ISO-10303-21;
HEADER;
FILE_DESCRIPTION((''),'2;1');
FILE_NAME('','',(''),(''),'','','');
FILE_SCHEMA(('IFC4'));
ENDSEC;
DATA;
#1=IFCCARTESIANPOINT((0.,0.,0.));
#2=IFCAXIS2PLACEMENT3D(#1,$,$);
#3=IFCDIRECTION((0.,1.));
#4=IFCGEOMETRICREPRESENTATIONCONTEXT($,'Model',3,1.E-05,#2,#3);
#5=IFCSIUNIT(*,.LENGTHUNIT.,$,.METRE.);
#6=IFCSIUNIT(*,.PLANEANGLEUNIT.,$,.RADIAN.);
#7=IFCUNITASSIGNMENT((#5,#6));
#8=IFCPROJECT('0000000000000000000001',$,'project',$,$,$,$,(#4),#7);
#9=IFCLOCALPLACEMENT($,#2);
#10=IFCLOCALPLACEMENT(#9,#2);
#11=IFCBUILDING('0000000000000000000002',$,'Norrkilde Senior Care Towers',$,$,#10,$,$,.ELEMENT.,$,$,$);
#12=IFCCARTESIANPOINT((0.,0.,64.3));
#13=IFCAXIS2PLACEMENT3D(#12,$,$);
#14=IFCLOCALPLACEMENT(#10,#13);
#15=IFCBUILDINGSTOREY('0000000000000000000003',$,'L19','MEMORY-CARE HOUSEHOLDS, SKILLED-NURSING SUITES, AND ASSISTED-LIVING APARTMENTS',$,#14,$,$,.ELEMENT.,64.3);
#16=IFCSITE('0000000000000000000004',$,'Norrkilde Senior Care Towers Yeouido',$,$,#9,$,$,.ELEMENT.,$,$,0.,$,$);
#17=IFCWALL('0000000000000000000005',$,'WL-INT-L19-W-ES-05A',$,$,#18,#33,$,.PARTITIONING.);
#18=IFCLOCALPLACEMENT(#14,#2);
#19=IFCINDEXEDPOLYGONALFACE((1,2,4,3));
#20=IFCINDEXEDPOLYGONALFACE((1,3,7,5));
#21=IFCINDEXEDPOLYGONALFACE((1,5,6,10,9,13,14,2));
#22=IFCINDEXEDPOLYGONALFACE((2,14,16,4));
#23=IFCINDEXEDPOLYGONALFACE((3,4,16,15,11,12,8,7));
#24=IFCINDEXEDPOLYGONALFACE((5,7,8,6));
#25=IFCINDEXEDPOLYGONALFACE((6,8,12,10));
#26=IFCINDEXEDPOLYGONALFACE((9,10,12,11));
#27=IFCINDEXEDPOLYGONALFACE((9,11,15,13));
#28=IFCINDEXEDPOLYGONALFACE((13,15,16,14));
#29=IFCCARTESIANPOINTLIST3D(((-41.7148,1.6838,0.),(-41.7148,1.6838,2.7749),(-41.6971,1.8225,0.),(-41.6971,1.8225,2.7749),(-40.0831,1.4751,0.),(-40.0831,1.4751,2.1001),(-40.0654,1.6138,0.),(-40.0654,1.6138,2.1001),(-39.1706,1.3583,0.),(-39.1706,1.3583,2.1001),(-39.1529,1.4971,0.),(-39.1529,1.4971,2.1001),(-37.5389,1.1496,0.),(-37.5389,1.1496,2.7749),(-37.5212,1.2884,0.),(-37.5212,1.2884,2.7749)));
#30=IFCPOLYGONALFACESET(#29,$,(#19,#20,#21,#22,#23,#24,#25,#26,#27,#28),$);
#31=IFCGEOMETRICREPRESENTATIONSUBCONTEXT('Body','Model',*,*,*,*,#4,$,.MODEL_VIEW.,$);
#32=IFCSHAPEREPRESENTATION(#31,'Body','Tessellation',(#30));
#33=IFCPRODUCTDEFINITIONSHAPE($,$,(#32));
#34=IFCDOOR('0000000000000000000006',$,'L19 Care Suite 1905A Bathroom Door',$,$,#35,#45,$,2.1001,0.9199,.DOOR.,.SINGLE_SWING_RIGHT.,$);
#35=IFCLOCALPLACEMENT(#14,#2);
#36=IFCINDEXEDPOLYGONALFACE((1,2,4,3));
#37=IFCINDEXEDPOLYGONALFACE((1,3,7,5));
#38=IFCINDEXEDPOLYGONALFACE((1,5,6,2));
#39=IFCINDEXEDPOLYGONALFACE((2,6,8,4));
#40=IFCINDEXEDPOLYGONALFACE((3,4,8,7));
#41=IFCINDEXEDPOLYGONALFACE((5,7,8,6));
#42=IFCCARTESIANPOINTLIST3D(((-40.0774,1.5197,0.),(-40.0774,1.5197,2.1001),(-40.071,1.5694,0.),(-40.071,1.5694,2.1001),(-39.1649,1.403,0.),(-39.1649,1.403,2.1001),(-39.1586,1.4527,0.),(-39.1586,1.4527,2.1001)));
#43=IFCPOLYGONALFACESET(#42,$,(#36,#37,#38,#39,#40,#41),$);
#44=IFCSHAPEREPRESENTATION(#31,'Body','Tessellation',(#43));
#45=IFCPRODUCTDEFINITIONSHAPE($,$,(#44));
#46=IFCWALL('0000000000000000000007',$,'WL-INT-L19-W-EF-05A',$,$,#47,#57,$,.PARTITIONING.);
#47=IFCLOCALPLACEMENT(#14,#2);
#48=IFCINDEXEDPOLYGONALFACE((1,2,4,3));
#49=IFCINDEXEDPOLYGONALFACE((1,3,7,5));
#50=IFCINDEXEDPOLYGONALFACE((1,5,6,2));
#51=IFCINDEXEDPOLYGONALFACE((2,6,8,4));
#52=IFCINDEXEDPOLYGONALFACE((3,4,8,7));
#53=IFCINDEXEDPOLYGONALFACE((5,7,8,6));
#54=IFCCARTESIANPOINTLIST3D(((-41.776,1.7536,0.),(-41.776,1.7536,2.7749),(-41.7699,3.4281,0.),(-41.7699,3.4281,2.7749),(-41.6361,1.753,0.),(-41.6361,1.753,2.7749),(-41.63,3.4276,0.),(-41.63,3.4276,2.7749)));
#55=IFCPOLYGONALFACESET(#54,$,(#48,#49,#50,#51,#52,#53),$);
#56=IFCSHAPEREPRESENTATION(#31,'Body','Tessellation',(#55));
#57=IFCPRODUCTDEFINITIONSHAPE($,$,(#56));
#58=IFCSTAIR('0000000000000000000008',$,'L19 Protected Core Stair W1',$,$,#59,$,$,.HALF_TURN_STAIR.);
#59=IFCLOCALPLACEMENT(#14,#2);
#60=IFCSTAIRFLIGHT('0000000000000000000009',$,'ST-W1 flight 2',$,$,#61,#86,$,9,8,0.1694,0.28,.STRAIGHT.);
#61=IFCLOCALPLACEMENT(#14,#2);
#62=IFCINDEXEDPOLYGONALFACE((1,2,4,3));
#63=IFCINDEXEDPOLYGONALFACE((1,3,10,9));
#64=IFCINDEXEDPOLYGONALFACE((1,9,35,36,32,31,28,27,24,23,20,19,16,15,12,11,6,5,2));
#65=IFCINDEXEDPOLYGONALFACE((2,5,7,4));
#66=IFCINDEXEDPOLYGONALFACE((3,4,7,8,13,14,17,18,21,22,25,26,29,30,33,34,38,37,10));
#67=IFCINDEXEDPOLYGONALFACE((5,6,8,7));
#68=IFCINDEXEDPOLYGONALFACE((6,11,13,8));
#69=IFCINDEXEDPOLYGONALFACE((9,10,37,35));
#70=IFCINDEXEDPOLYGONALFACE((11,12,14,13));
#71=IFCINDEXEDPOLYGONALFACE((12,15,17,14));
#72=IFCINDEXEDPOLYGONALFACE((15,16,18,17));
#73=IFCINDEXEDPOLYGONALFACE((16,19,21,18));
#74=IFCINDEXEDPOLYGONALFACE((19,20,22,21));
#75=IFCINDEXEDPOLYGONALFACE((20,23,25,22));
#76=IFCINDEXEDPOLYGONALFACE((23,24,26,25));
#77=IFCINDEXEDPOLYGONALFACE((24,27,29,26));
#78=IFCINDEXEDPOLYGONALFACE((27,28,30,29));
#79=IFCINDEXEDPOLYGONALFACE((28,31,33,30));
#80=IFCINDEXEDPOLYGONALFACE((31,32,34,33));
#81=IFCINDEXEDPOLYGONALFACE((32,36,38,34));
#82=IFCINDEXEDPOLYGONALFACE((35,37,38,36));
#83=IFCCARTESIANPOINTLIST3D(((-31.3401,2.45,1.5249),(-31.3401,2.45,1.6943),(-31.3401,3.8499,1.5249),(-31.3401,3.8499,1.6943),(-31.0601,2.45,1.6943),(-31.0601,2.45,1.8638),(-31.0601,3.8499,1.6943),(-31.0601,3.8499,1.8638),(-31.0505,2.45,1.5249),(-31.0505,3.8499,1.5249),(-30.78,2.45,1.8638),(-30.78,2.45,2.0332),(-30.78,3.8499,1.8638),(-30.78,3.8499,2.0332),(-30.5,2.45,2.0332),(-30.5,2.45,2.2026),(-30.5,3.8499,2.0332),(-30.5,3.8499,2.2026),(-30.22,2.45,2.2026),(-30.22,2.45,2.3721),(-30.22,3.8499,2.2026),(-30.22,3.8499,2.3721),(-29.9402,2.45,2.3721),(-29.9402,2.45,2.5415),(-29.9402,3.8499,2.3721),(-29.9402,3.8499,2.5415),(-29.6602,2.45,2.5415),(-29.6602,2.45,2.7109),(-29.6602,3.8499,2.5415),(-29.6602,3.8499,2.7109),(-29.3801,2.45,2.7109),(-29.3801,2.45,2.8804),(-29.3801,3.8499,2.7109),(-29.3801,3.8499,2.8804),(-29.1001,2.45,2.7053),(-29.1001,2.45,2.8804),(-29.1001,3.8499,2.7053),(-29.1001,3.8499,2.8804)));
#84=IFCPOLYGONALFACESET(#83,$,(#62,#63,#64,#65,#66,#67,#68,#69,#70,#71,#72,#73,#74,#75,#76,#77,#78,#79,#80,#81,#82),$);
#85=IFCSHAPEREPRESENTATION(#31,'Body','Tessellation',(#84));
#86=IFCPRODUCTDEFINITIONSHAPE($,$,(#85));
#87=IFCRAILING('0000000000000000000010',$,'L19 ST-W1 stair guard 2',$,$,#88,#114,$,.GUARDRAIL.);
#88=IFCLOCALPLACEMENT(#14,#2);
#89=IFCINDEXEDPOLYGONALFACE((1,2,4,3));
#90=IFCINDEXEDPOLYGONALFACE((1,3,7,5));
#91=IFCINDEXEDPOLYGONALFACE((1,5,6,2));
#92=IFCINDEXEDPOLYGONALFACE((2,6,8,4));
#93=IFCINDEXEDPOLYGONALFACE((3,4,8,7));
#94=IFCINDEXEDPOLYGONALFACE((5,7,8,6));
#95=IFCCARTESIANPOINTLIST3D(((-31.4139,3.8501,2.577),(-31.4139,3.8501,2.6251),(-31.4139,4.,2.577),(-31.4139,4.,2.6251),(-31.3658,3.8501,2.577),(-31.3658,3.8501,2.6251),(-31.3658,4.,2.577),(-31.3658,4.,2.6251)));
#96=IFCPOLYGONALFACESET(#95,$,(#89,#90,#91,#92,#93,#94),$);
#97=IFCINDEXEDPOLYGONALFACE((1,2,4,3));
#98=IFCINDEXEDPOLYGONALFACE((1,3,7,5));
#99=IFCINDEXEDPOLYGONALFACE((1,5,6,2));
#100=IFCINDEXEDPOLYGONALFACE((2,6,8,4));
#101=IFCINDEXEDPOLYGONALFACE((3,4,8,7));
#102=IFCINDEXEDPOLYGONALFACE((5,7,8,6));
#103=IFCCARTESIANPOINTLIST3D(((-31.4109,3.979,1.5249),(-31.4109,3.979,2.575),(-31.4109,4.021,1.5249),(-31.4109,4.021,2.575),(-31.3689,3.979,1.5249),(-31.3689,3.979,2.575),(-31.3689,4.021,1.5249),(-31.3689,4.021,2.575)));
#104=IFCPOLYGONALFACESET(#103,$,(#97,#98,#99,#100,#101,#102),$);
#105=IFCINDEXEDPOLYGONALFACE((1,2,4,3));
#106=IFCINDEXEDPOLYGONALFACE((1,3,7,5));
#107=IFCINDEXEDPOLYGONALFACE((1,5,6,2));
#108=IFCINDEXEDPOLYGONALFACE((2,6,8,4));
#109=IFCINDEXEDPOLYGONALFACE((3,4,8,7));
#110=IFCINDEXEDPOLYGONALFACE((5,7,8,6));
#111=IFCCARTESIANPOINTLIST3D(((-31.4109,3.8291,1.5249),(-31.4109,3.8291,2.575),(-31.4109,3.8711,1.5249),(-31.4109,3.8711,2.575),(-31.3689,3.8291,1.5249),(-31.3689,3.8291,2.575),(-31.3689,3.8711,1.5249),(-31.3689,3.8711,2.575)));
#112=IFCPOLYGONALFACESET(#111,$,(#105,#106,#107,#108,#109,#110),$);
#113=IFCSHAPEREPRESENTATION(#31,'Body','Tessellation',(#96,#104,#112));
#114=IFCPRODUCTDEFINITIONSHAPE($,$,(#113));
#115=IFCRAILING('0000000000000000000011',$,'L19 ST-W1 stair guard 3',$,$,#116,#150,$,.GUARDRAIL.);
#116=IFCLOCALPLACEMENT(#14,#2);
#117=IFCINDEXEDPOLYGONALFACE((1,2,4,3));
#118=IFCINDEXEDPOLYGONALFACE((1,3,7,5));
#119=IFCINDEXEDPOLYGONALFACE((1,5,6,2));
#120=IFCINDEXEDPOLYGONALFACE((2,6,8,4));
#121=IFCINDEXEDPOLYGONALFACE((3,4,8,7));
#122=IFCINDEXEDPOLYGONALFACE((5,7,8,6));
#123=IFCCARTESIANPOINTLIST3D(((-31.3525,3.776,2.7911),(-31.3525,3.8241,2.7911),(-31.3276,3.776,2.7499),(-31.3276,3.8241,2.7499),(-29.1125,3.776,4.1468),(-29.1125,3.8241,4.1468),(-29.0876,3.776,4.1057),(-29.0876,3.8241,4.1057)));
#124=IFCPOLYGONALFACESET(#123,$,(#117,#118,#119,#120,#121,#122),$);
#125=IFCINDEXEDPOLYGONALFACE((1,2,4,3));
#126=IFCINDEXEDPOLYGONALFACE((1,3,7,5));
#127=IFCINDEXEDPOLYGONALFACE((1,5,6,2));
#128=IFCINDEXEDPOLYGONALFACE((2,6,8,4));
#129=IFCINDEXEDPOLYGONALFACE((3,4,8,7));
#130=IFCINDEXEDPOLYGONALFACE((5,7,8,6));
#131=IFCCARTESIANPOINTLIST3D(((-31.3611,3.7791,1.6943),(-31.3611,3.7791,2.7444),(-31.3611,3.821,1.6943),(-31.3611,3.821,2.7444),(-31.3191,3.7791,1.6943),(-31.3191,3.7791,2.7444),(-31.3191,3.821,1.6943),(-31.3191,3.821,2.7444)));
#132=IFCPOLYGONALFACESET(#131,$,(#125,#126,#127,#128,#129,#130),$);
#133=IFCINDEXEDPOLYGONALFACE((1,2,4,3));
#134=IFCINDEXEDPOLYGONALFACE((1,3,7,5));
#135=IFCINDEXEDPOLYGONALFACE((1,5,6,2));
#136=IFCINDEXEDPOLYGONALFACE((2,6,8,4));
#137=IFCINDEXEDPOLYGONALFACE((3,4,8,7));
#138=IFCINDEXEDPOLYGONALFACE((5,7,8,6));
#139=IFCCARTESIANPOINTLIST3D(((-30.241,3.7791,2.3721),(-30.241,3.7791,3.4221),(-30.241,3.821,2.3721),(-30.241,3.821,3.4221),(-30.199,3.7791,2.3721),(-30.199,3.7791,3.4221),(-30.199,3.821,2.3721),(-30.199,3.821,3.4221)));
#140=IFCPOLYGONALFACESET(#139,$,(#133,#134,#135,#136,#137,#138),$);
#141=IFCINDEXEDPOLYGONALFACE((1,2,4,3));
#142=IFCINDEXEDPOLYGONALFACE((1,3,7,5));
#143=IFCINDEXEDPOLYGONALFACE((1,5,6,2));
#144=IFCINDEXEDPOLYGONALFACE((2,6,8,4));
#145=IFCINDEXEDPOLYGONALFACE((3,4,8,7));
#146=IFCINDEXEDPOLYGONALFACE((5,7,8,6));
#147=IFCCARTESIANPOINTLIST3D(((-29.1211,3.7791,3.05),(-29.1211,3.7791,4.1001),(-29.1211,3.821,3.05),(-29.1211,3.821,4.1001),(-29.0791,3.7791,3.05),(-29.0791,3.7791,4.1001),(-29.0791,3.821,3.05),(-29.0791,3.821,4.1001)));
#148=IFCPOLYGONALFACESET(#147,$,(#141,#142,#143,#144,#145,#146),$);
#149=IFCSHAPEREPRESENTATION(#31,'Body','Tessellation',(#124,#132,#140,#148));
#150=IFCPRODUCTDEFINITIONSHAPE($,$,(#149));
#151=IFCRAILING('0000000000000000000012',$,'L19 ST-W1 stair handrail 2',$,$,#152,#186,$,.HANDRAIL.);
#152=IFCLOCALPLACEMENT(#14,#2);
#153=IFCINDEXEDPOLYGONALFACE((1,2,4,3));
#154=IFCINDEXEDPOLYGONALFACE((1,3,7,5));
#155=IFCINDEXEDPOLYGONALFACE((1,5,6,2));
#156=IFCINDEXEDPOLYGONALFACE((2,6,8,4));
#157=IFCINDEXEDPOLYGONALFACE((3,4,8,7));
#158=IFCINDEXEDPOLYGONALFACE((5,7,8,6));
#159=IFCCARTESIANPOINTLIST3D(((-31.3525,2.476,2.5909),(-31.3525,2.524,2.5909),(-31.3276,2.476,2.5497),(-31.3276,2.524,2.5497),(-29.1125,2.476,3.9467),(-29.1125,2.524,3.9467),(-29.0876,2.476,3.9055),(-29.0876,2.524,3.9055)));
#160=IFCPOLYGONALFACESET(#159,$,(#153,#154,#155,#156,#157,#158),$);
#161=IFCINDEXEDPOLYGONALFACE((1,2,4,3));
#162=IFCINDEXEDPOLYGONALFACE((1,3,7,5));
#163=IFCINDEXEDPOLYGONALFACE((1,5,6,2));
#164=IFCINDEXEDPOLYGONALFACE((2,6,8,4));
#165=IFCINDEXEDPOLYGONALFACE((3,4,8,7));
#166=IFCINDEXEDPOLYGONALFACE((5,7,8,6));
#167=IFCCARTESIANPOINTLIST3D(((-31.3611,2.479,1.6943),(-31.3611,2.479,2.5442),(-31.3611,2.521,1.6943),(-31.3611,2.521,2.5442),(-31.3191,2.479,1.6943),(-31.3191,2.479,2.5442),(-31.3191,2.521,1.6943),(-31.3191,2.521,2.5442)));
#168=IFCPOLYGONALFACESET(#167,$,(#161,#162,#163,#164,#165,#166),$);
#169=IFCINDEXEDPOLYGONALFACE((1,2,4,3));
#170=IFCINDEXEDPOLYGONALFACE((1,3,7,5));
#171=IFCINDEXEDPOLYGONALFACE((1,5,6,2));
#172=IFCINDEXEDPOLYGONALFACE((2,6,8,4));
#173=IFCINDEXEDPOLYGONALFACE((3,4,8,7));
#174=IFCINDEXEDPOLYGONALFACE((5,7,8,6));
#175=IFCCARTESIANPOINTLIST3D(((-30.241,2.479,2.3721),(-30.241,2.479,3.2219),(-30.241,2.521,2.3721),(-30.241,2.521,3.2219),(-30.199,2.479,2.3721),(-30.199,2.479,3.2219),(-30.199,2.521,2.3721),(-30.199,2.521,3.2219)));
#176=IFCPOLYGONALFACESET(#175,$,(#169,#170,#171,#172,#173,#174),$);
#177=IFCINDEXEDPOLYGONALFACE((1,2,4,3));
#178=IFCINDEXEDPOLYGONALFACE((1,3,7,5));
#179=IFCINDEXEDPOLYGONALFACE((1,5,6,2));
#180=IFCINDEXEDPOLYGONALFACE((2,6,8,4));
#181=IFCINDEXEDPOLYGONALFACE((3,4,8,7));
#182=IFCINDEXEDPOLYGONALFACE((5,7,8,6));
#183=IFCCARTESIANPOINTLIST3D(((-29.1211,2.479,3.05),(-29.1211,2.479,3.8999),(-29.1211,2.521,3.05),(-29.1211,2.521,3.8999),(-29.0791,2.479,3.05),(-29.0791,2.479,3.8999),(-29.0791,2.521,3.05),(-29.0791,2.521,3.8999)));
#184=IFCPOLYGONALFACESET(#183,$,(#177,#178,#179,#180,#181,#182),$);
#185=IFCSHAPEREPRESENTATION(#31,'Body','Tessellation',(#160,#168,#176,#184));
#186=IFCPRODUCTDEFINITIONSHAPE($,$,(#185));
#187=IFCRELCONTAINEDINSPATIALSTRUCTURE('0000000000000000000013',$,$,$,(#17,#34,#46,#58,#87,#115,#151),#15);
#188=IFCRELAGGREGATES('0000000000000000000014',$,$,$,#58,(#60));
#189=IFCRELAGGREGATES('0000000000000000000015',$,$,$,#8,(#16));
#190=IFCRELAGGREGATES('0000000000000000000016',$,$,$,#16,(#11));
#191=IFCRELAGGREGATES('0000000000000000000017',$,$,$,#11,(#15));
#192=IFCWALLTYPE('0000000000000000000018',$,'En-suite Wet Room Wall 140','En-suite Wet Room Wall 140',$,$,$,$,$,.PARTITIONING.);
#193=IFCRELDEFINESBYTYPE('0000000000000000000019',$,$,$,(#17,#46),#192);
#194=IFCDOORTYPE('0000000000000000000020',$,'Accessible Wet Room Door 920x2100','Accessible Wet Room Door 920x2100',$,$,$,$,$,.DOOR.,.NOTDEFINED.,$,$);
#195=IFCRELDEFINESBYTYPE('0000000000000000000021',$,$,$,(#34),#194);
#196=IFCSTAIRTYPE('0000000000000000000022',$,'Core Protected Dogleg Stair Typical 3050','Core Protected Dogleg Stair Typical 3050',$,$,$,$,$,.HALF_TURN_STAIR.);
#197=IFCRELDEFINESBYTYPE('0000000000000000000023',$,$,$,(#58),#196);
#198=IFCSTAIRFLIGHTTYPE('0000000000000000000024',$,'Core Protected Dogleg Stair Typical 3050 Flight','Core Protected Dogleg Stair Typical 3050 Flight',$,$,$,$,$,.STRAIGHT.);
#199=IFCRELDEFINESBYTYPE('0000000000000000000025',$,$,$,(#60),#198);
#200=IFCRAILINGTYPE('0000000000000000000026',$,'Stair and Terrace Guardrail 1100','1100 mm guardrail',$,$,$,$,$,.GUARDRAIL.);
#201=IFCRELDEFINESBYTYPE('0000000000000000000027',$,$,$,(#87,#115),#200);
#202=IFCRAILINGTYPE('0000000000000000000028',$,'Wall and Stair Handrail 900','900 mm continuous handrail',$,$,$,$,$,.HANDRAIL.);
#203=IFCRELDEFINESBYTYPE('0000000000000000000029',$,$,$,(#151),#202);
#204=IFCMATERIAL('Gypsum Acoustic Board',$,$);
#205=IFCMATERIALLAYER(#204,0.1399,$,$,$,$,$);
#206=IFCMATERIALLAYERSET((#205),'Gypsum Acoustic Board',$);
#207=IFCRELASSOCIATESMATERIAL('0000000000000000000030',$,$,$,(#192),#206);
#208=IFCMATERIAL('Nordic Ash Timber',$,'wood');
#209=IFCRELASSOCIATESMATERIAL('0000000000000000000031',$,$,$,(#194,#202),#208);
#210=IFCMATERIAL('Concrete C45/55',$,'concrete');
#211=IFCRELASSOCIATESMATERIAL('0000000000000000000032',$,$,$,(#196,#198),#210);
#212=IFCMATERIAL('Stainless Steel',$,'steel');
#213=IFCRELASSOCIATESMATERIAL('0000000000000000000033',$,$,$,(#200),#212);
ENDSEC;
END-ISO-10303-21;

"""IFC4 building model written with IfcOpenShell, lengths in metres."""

from ifc_helpers import new_model, si_unit, direction, frame, frame_2d, origin, origin_2d, place, context, subcontext, project, spatial, polyline, rectangle, outline, extrude, source, transform, mapped, material, layer, layer_set, type_object, type_shapes, element, fill, aggregate, save


model = new_model("IFC4")

# Units and contexts
model_context = context("Model", 3, precision=1e-05, world=origin(), true_north=direction((0.0, 1.0)))
body_context = subcontext(model_context, "Body", "Model", "MODEL_VIEW")
ifc_project = project(units=[si_unit("LENGTHUNIT", "METRE"), si_unit("PLANEANGLEUNIT", "RADIAN")], contexts=[model_context])

# Site, building, storey
site_placement = place(None, origin())
site = spatial("IfcSite", under=ifc_project, at=site_placement, Name="Norrkilde Senior Care Towers Yeouido", CompositionType="ELEMENT", RefElevation=0.0)
building_placement = place(site_placement, origin())
building = spatial("IfcBuilding", under=site, at=building_placement, Name="Norrkilde Senior Care Towers", CompositionType="ELEMENT")
storey_placement = place(building_placement, frame((0.0, 0.0, 64.3)))
storey = spatial("IfcBuildingStorey", under=building, at=storey_placement, Name="L19", Description="MEMORY-CARE HOUSEHOLDS, SKILLED-NURSING SUITES, AND ASSISTED-LIVING APARTMENTS", CompositionType="ELEMENT", Elevation=64.3)

# Shared definitions
ifc_material_1 = material(Name="Concrete C45/55", Category="concrete")
ifc_material_2 = material(Name="Gypsum Acoustic Board")

# Wall, opening, door
ifc_layer_1 = layer(ifc_material_2, 0.1399)
ifc_layer_set_1 = layer_set([ifc_layer_1], Name="Gypsum Acoustic Board")
wall_type_1 = type_object("IfcWallType", Name="En-suite Wet Room Wall 140", Description="En-suite Wet Room Wall 140", PredefinedType="PARTITIONING", material=ifc_layer_set_1)
shared_shape_1 = source(origin(), body_context, "Body", "SweptSolid", [
    extrude(rectangle(XDim=4.21, YDim=0.1399, at=frame_2d((2.105, 0.0))), origin(), (0.0, 0.0, 1.0), 2.7749),
])
wall_1_placement = place(storey_placement, frame((-37.53, 1.219, 0.0), z_axis=(0.0, 0.0, 1.0), x_axis=(-0.991918, 0.126882, 0.0)))
wall_1 = element("IfcWall", 1, at=wall_1_placement, inside=storey, type_object=wall_type_1, Name="WL-INT-L19-W-ES-05A", PredefinedType="PARTITIONING", context=body_context, shape_type="MappedRepresentation", body=[
    mapped(shared_shape_1, transform((0.0, 0.0, 0.0), x_axis=(1.0, 0.0, 0.0), y_axis=(0.0, 1.0, 0.0), z_axis=(0.0, 0.0, 1.0), scale=1.0)),
])
opening_placement = place(wall_1_placement, frame((1.645, 0.0, 0.0)))
opening = element("IfcOpeningElement", 2, at=opening_placement, cuts=wall_1, PredefinedType="OPENING", context=body_context, shape_type="SweptSolid", body=[
    extrude(rectangle(XDim=0.9199, YDim=2.1001, at=frame_2d((0.46, 1.05))), frame((0.0, 0.0798, 0.0), z_axis=(0.0, -1.0, 0.0), x_axis=(1.0, 0.0, 0.0)), (0.0, 0.0, 1.0), 0.1599),
])
ifc_material_3 = material(Name="Nordic Ash Timber", Category="wood")
door_type = type_object("IfcDoorType", Name="Accessible Wet Room Door 920x2100", Description="Accessible Wet Room Door 920x2100", OperationType="NOTDEFINED", PredefinedType="DOOR", material=ifc_material_3)
shared_shape_2 = source(origin(), body_context, "Body", "SweptSolid", [
    extrude(rectangle(XDim=0.9199, YDim=2.1001, at=frame_2d((0.46, 1.05))), frame((0.0, 0.0249, 0.0), z_axis=(0.0, -1.0, 0.0), x_axis=(1.0, 0.0, 0.0)), (0.0, 0.0, 1.0), 0.05),
])
type_shapes(door_type, [shared_shape_2])
door_placement = place(opening_placement, origin())
door = element("IfcDoor", 3, at=door_placement, inside=storey, type_object=door_type, Name="L19 Care Suite 1905A Bathroom Door", OperationType="SINGLE_SWING_RIGHT", OverallHeight=2.1001, OverallWidth=0.9199, PredefinedType="DOOR", context=body_context, shape_type="MappedRepresentation", body=[
    mapped(shared_shape_2, transform((0.0, 0.0, 0.0), x_axis=(1.0, 0.0, 0.0), y_axis=(0.0, 1.0, 0.0), z_axis=(0.0, 0.0, 1.0), scale=1.0)),
])
fill(opening, door)

# Wall
shared_shape_3 = source(origin(), body_context, "Body", "SweptSolid", [
    extrude(rectangle(XDim=1.6746, YDim=0.1399, at=frame_2d((0.8374, 0.0))), origin(), (0.0, 0.0, 1.0), 2.7749),
])
type_shapes(wall_type_1, [shared_shape_1, shared_shape_3])
wall_2_placement = place(storey_placement, frame((-41.7061, 1.7532, 0.0), z_axis=(0.0, 0.0, 1.0), x_axis=(0.003645, 0.999993, 0.0)))
element("IfcWall", 4, at=wall_2_placement, inside=storey, type_object=wall_type_1, Name="WL-INT-L19-W-EF-05A", PredefinedType="PARTITIONING", context=body_context, shape_type="MappedRepresentation", body=[
    mapped(shared_shape_3, transform((0.0, 0.0, 0.0), x_axis=(1.0, 0.0, 0.0), y_axis=(0.0, 1.0, 0.0), z_axis=(0.0, 0.0, 1.0), scale=1.0)),
])

# Stair, stair flight
stair_type = type_object("IfcStairType", Name="Core Protected Dogleg Stair Typical 3050", Description="Core Protected Dogleg Stair Typical 3050", PredefinedType="HALF_TURN_STAIR", material=ifc_material_1)
stair_placement = place(storey_placement, origin())
stair = element("IfcStair", 5, at=stair_placement, inside=storey, type_object=stair_type, Name="L19 Protected Core Stair W1", PredefinedType="HALF_TURN_STAIR")
stair_flight_type = type_object("IfcStairFlightType", Name="Core Protected Dogleg Stair Typical 3050 Flight", Description="Core Protected Dogleg Stair Typical 3050 Flight", PredefinedType="STRAIGHT", material=ifc_material_1)
stair_flight_placement = place(storey_placement, frame((-31.3401, 3.1499, 1.5249), z_axis=(0.0, 0.0, 1.0), x_axis=(1.0, 0.0, 0.0)))
stair_flight = element("IfcStairFlight", 6, at=stair_flight_placement, type_object=stair_flight_type, Name="ST-W1 flight 2", NumberOfRisers=9, NumberOfTreads=8, PredefinedType="STRAIGHT", RiserHeight=0.1694, TreadLength=0.28, context=body_context, shape_type="SweptSolid", body=[
    extrude(outline(polyline([(0.0, 0.0), (0.0, 0.1694), (0.28, 0.1694), (0.28, 0.3389), (0.5601, 0.3389), (0.5601, 0.5083), (0.8401, 0.5083), (0.8401, 0.6777), (1.1201, 0.6777), (1.1201, 0.8472), (1.3999, 0.8472), (1.3999, 1.0166), (1.6799, 1.0166), (1.6799, 1.186), (1.96, 1.186), (1.96, 1.3555), (2.24, 1.3555), (2.24, 1.5249), (2.24, 1.1804), (0.2896, 0.0), (0.0, 0.0)])), frame((0.0, 0.7, 0.0), z_axis=(0.0, -1.0, 0.0), x_axis=(1.0, 0.0, 0.0)), (0.0, 0.0, 1.0), 1.3999),
])
aggregate(stair, [stair_flight])

# Railings
ifc_material_4 = material(Name="Stainless Steel", Category="steel")
railing_type_1 = type_object("IfcRailingType", Name="Stair and Terrace Guardrail 1100", Description="1100 mm guardrail", PredefinedType="GUARDRAIL", material=ifc_material_4)
railing_1_placement = place(storey_placement, frame((-31.3899, 4.0, 1.5249)))
element("IfcRailing", 7, at=railing_1_placement, inside=storey, type_object=railing_type_1, Name="L19 ST-W1 stair guard 2", PredefinedType="GUARDRAIL", context=body_context, shape_type="SweptSolid", body=[
    extrude(rectangle(XDim=0.0481, YDim=0.0481, at=origin_2d()), frame((0.0, 0.0, 1.0762), z_axis=(0.0, -1.0, 0.0), x_axis=(1.0, 0.0, 0.0)), (0.0, 0.0, 1.0), 0.1499),
    extrude(rectangle(XDim=0.042, YDim=0.042, at=origin_2d()), origin(), (0.0, 0.0, 1.0), 1.05),
    extrude(rectangle(XDim=0.042, YDim=0.042, at=origin_2d()), frame((0.0, -0.1499, 0.0)), (0.0, 0.0, 1.0), 1.05),
])
railing_2_placement = place(storey_placement, frame((-31.3401, 3.8, 1.6943)))
element("IfcRailing", 8, at=railing_2_placement, inside=storey, type_object=railing_type_1, Name="L19 ST-W1 stair guard 3", PredefinedType="GUARDRAIL", context=body_context, shape_type="SweptSolid", body=[
    extrude(rectangle(XDim=0.0481, YDim=0.0481, at=origin_2d()), frame((0.0, 0.0, 1.0762), z_axis=(0.855512, 0.0, 0.517783), x_axis=(0.0, 1.0, 0.0)), (0.0, 0.0, 1.0), 2.6184),
    extrude(rectangle(XDim=0.042, YDim=0.042, at=origin_2d()), origin(), (0.0, 0.0, 1.0), 1.05),
    extrude(rectangle(XDim=0.042, YDim=0.042, at=origin_2d()), frame((1.1201, 0.0, 0.6777)), (0.0, 0.0, 1.0), 1.05),
    extrude(rectangle(XDim=0.042, YDim=0.042, at=origin_2d()), frame((2.24, 0.0, 1.3557)), (0.0, 0.0, 1.0), 1.05),
])
railing_type_2 = type_object("IfcRailingType", Name="Wall and Stair Handrail 900", Description="900 mm continuous handrail", PredefinedType="HANDRAIL", material=ifc_material_3)
railing_3_placement = place(storey_placement, frame((-31.3401, 2.5, 1.6943)))
element("IfcRailing", 9, at=railing_3_placement, inside=storey, type_object=railing_type_2, Name="L19 ST-W1 stair handrail 2", PredefinedType="HANDRAIL", context=body_context, shape_type="SweptSolid", body=[
    extrude(rectangle(XDim=0.0481, YDim=0.0481, at=origin_2d()), frame((0.0, 0.0, 0.876), z_axis=(0.855512, 0.0, 0.517783), x_axis=(0.0, 1.0, 0.0)), (0.0, 0.0, 1.0), 2.6184),
    extrude(rectangle(XDim=0.042, YDim=0.042, at=origin_2d()), origin(), (0.0, 0.0, 1.0), 0.8499),
    extrude(rectangle(XDim=0.042, YDim=0.042, at=origin_2d()), frame((1.1201, 0.0, 0.6777)), (0.0, 0.0, 1.0), 0.8499),
    extrude(rectangle(XDim=0.042, YDim=0.042, at=origin_2d()), frame((2.24, 0.0, 1.3557)), (0.0, 0.0, 1.0), 0.8499),
])

save(model, "model.ifc")
